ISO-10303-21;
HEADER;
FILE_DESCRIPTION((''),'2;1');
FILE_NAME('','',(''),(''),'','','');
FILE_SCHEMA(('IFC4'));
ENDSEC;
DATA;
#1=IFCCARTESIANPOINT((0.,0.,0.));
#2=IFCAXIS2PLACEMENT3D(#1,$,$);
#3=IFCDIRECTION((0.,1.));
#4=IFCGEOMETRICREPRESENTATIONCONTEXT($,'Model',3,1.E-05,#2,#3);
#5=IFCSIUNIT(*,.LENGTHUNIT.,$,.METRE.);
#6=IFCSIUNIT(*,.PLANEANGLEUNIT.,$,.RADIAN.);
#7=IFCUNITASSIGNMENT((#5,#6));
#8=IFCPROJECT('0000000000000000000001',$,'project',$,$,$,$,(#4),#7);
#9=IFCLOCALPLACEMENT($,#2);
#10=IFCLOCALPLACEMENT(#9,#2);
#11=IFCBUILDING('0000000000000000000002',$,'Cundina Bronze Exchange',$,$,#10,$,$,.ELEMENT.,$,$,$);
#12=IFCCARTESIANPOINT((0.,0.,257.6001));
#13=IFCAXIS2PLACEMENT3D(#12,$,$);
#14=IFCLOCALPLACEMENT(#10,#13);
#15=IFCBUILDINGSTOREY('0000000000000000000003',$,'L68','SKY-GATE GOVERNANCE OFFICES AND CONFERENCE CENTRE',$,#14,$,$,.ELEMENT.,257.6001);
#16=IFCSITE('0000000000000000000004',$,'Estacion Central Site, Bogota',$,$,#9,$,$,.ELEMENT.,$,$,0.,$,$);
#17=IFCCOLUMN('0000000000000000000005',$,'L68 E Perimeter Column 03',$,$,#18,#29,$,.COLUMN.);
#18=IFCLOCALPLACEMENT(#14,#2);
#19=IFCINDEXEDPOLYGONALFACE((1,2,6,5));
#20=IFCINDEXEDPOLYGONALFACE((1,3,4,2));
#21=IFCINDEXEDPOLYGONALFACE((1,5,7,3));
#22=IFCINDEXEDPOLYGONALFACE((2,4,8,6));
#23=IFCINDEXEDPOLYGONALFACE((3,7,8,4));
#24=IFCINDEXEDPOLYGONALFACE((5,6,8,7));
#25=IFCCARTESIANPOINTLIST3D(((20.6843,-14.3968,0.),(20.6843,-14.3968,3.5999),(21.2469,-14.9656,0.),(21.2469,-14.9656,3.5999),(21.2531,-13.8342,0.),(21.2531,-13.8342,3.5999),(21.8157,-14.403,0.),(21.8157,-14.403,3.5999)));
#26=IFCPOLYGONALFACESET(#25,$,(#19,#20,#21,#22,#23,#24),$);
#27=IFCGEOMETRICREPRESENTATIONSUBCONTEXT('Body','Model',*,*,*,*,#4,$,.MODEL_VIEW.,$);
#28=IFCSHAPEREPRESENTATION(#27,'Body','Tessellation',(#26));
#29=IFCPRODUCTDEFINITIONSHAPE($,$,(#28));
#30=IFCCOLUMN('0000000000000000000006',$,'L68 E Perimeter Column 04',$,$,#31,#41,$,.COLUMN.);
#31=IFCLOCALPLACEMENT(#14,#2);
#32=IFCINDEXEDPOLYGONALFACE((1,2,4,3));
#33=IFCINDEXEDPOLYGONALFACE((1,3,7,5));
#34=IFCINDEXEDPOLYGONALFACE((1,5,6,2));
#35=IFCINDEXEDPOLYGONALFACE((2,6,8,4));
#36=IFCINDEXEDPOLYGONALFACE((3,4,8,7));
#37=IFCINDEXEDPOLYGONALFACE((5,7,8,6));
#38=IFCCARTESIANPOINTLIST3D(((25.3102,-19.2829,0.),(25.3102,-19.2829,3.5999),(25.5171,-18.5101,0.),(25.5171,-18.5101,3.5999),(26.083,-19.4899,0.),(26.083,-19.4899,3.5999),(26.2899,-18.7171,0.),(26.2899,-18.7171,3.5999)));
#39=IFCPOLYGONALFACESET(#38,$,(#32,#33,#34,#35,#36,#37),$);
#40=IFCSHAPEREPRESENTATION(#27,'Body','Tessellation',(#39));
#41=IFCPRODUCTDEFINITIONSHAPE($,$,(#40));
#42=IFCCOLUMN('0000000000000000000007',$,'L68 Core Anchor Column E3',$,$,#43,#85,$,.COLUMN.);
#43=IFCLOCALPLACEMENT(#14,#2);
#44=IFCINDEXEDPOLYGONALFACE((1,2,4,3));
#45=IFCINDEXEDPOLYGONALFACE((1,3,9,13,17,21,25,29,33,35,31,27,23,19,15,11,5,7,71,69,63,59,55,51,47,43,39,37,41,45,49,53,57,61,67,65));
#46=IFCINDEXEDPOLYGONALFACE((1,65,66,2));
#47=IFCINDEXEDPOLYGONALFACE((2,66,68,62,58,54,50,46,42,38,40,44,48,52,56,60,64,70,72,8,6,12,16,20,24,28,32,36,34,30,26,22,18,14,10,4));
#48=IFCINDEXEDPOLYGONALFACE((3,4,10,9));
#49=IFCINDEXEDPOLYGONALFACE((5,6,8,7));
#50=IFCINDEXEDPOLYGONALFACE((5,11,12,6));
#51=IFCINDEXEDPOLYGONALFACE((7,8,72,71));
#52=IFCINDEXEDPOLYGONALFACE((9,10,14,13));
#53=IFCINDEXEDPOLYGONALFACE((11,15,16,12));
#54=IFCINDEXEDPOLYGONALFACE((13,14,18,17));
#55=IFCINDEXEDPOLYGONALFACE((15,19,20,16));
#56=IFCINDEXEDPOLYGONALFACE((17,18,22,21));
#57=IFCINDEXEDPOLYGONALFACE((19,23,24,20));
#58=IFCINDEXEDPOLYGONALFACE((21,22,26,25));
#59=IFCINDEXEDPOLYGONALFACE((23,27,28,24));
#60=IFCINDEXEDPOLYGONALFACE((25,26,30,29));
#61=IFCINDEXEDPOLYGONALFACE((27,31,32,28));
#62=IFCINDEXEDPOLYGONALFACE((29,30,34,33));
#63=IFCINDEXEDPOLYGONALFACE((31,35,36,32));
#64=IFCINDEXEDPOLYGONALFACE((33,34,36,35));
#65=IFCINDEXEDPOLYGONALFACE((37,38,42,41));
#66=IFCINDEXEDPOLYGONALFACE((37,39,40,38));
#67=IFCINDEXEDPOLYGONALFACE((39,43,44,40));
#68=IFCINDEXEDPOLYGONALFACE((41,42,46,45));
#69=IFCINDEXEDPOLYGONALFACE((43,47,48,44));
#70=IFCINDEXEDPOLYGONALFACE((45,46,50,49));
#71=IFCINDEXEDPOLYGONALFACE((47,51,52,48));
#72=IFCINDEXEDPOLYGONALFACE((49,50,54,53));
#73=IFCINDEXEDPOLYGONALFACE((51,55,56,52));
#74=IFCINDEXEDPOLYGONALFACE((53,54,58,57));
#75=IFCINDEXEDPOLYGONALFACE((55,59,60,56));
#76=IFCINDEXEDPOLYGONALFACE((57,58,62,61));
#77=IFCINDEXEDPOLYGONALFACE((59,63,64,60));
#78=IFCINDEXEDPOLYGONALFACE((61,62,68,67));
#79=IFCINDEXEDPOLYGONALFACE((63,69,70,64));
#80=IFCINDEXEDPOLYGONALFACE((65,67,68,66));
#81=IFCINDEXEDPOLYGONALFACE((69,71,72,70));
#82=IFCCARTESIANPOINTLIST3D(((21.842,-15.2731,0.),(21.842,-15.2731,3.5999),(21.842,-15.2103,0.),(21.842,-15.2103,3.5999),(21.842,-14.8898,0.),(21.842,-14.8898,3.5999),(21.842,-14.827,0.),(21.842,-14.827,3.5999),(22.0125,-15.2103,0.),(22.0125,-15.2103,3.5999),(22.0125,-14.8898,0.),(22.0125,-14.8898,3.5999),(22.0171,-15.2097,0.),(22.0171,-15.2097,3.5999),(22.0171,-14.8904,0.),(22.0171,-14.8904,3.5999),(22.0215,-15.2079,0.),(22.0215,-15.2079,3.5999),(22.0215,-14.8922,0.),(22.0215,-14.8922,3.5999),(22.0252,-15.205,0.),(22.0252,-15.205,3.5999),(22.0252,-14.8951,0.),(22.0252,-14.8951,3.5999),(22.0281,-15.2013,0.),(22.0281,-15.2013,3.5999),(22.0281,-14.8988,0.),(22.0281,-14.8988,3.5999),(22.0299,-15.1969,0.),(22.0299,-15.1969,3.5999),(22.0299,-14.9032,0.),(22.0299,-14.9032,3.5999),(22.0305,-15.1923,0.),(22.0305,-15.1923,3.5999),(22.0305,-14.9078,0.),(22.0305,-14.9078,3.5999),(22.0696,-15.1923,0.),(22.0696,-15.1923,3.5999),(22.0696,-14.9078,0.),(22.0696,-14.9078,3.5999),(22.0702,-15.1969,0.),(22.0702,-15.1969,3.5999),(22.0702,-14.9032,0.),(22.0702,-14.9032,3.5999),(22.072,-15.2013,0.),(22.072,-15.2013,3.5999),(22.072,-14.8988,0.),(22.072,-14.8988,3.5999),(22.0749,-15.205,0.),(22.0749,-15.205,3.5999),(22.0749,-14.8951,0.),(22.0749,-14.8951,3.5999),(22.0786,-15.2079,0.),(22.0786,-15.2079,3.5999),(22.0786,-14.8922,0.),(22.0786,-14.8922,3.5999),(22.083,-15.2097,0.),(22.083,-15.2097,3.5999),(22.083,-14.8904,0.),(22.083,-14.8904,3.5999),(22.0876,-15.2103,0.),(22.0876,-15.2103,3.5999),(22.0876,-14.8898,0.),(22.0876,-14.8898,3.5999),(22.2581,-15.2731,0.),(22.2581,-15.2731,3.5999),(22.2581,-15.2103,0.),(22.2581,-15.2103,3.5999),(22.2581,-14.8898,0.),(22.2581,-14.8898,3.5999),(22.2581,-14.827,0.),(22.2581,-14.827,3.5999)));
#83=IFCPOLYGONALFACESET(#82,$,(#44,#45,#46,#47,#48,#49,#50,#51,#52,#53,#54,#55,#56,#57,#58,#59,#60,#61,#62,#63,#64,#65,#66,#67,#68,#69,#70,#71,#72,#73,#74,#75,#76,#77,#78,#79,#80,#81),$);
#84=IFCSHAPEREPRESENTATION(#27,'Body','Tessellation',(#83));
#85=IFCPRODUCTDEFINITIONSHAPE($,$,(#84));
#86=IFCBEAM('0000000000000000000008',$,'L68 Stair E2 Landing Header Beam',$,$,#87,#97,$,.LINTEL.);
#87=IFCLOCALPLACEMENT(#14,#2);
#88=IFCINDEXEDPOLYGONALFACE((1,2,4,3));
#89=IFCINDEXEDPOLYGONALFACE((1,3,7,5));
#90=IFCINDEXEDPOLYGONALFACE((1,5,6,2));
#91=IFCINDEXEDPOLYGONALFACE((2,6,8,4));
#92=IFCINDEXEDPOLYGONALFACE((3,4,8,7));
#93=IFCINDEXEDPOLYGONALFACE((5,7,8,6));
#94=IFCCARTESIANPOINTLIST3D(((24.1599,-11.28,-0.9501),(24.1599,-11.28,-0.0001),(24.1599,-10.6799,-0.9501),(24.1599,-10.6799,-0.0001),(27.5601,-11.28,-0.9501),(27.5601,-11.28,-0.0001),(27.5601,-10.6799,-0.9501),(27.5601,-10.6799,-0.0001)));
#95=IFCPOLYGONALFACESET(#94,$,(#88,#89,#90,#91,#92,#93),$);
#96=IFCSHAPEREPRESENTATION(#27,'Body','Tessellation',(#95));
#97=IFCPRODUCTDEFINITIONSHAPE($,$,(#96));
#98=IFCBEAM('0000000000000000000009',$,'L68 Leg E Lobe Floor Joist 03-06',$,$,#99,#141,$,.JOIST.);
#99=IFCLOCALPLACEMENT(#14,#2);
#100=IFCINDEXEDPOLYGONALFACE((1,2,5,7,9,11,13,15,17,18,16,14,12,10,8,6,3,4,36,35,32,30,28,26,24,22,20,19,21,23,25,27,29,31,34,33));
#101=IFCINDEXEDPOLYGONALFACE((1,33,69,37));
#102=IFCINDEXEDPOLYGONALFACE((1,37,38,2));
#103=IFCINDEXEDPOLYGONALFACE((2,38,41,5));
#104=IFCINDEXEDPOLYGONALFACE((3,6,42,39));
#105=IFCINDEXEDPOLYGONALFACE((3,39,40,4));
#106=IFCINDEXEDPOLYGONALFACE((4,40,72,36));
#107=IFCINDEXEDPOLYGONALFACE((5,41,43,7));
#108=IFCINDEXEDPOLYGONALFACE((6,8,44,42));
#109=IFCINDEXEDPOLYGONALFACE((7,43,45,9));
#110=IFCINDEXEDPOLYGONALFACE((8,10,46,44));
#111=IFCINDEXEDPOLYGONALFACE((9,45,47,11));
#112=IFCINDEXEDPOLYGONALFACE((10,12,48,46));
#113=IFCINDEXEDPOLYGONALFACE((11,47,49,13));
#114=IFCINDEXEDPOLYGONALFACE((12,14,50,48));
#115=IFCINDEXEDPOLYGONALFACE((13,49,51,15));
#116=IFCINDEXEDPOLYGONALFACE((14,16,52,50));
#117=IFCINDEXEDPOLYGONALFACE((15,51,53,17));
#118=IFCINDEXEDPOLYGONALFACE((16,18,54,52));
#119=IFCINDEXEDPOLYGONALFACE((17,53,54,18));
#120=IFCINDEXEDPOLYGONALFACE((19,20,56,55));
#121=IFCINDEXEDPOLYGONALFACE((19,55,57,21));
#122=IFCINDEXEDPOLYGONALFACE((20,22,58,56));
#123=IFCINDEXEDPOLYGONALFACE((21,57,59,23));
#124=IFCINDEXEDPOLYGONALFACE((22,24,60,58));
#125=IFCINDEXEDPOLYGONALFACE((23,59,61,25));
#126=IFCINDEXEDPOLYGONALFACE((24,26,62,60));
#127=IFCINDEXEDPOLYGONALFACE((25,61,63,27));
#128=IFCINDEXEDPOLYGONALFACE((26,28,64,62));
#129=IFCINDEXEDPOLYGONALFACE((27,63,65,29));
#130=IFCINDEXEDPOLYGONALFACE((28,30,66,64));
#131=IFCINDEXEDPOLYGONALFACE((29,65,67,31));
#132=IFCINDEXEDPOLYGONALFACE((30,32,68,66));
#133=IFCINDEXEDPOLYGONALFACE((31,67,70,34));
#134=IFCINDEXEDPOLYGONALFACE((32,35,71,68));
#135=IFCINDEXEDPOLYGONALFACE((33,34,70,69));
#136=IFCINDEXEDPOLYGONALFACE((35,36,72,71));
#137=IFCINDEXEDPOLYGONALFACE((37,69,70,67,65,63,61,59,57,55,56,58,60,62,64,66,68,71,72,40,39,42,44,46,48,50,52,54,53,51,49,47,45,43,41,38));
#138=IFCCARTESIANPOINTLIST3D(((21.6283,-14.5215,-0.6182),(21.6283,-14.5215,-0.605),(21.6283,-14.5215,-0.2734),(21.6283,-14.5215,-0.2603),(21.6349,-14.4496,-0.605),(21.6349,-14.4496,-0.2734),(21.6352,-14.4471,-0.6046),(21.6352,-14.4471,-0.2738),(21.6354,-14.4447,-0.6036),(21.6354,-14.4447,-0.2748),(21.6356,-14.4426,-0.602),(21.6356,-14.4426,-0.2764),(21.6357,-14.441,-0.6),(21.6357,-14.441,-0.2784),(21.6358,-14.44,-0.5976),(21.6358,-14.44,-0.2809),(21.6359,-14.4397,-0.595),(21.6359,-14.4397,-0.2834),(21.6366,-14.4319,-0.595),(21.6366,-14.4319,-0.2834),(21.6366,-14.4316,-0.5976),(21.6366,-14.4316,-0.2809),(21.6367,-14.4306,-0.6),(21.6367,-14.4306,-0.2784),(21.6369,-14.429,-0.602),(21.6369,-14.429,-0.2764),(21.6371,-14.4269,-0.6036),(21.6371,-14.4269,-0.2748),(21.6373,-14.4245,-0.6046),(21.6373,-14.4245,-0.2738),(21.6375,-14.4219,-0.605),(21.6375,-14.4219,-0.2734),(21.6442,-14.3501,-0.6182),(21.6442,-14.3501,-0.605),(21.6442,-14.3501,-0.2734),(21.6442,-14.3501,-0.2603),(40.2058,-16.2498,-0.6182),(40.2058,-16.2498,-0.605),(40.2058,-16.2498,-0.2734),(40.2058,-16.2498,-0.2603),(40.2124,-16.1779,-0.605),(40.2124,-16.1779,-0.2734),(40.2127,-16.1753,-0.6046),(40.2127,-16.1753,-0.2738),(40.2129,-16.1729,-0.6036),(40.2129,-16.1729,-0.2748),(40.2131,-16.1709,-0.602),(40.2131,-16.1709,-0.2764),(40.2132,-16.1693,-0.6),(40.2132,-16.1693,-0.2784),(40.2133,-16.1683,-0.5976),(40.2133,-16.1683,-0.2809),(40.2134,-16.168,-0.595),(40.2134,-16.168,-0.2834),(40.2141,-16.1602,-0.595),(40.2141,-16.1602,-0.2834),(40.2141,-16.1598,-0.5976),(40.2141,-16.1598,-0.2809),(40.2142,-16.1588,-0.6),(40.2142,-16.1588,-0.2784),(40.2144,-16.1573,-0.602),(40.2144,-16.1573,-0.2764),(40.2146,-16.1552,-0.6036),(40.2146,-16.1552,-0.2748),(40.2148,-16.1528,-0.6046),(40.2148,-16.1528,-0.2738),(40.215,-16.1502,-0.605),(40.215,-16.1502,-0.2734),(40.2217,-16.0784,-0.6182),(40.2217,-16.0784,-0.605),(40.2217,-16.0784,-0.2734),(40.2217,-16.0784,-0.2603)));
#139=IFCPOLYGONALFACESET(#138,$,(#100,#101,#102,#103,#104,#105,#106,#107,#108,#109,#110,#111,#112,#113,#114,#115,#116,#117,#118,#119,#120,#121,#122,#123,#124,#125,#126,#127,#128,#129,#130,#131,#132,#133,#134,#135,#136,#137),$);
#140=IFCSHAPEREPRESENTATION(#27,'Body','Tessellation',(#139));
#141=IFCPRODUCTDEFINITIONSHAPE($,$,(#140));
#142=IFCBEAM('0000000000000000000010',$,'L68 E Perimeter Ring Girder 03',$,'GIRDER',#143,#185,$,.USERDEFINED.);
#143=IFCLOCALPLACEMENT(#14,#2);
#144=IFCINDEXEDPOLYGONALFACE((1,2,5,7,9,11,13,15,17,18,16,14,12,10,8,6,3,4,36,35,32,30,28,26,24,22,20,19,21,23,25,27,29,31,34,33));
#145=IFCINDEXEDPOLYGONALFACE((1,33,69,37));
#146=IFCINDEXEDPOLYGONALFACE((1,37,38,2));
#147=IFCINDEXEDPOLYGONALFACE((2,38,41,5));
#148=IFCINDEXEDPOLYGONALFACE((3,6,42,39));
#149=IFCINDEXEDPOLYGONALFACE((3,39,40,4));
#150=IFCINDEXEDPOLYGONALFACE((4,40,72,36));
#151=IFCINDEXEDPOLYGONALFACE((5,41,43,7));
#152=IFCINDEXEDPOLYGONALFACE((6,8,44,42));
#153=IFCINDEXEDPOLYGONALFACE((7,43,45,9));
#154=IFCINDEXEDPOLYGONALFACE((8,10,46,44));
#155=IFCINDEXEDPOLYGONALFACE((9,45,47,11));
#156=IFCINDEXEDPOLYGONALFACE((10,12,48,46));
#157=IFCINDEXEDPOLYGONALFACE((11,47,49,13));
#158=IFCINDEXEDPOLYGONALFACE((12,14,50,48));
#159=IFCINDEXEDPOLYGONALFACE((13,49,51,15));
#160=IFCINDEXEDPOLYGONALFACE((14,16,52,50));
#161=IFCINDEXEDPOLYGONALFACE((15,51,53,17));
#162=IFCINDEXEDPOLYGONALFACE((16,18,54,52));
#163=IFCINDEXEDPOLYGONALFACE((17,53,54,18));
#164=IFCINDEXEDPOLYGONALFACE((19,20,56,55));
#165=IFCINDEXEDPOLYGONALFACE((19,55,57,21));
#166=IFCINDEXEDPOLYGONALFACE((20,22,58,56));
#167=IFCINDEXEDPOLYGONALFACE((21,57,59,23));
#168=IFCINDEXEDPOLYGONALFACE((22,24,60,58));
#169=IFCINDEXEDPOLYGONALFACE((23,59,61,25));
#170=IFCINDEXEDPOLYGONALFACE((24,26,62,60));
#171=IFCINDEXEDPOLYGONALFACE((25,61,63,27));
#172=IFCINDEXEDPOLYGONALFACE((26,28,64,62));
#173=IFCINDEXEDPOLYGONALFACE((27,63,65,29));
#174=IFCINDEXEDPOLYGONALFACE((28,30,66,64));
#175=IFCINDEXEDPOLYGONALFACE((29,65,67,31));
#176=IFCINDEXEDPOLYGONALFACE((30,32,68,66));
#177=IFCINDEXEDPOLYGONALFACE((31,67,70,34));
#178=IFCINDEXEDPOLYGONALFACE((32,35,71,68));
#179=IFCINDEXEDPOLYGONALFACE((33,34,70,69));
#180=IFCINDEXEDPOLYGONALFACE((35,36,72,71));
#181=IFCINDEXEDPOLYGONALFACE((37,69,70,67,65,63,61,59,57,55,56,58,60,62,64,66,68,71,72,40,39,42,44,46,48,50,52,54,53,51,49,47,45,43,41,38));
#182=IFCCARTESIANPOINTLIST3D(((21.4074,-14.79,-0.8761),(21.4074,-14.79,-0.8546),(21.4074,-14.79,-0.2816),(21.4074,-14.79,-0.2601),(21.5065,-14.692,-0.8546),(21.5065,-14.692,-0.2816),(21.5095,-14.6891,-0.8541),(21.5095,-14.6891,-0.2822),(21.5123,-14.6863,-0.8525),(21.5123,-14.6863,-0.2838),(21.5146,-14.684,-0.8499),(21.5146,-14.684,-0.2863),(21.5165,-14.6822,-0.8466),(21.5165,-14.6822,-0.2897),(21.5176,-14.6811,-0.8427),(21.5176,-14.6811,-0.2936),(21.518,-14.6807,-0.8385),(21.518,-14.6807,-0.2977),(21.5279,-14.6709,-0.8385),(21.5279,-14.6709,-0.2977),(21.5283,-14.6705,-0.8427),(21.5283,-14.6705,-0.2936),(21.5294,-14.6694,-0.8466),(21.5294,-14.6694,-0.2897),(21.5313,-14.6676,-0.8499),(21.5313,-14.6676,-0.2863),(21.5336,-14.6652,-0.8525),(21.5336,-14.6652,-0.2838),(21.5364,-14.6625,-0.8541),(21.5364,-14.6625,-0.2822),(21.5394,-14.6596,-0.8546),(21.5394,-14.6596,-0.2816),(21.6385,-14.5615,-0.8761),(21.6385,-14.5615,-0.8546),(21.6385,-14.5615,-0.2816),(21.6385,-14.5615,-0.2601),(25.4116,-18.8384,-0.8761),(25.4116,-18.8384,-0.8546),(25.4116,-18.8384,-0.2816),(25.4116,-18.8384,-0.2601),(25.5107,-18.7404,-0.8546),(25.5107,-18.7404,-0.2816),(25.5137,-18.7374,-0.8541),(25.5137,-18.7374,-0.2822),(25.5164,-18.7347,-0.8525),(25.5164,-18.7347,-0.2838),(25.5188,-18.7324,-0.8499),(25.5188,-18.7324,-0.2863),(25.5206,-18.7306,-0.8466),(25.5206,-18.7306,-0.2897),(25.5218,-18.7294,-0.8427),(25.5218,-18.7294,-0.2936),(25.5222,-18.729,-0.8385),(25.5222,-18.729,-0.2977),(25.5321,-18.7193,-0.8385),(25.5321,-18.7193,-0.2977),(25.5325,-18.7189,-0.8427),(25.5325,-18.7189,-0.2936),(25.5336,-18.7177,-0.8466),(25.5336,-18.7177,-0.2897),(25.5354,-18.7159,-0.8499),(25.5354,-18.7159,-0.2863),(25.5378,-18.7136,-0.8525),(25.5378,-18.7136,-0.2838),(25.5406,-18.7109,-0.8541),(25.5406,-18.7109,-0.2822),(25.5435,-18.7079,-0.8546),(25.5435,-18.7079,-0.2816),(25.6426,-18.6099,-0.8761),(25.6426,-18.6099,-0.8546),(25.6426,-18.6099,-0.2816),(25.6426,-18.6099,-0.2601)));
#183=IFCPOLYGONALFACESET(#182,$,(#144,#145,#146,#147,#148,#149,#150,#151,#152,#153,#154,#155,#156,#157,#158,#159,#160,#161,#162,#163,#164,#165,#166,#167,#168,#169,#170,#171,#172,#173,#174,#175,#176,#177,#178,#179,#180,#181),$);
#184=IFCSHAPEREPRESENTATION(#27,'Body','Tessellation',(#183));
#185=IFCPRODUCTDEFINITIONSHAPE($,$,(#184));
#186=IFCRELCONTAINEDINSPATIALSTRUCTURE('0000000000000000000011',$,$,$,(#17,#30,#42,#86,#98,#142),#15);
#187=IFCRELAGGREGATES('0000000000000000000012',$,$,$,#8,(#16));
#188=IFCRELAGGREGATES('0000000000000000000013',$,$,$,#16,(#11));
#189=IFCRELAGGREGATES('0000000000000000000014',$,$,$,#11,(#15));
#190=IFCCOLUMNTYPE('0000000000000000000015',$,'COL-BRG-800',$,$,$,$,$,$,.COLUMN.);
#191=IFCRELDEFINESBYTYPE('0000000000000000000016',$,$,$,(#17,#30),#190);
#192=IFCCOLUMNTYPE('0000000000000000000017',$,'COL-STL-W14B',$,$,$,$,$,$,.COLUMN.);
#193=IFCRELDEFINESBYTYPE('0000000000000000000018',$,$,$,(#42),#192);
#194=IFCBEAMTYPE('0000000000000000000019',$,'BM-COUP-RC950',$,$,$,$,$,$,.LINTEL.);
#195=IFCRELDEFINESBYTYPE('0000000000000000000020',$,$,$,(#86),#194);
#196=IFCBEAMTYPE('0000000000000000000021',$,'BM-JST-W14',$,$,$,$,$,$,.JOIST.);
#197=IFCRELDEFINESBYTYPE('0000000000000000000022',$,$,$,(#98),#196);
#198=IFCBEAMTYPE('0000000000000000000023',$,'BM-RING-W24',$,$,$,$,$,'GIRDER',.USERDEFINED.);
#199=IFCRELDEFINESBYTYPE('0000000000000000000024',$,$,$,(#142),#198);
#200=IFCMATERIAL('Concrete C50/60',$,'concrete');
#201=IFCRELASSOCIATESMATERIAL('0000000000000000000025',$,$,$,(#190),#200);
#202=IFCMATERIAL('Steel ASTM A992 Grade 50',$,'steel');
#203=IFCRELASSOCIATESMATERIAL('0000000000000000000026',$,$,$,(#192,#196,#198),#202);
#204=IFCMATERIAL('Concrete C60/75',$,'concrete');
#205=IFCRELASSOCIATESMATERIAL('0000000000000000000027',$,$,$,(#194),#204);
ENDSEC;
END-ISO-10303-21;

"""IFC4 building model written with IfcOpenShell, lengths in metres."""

from ifc_helpers import new_model, si_unit, direction, frame, origin, origin_2d, place, context, subcontext, project, spatial, rectangle, i_section, extrude, material, material_profile, profile_set, type_object, element, save


model = new_model("IFC4")

# Units and contexts
model_context = context("Model", 3, precision=1e-05, world=origin(), true_north=direction((0.0, 1.0)))
body_context = subcontext(model_context, "Body", "Model", "MODEL_VIEW")
ifc_project = project(units=[si_unit("LENGTHUNIT", "METRE"), si_unit("PLANEANGLEUNIT", "RADIAN")], contexts=[model_context])

# Site, building, storey
site_placement = place(None, origin())
site = spatial("IfcSite", under=ifc_project, at=site_placement, Name="Estacion Central Site, Bogota", CompositionType="ELEMENT", RefElevation=0.0)
building_placement = place(site_placement, origin())
building = spatial("IfcBuilding", under=site, at=building_placement, Name="Cundina Bronze Exchange", CompositionType="ELEMENT")
storey_placement = place(building_placement, frame((0.0, 0.0, 257.6001)))
storey = spatial("IfcBuildingStorey", under=building, at=storey_placement, Name="L68", Description="SKY-GATE GOVERNANCE OFFICES AND CONFERENCE CENTRE", CompositionType="ELEMENT", Elevation=257.6001)

# Columns
ifc_material_1 = material(Name="Concrete C50/60", Category="concrete")
ifc_material_profile_1 = material_profile(ifc_material_1, rectangle(XDim=0.8, YDim=0.8, at=origin_2d()), Name="RC800X800", Category="concrete")
ifc_profile_set_1 = profile_set([ifc_material_profile_1], Name="Concrete C50/60")
column_type_1 = type_object("IfcColumnType", Name="COL-BRG-800", PredefinedType="COLUMN", material=ifc_profile_set_1)
for number, where, z_axis, x_axis, name in (
    (1, (21.25, -14.3999, 0.0), (0.0, 0.0, 1.0), (0.703271, -0.710922, 0.0), "L68 E Perimeter Column 03"),
    (2, (25.8, -19.0, 0.0), (0.0, 0.0, 1.0), (0.965971, -0.25865, 0.0), "L68 E Perimeter Column 04"),
):
    element("IfcColumn", number, at=place(storey_placement, frame(where, z_axis=z_axis, x_axis=x_axis)), inside=storey, type_object=column_type_1, Name=name, PredefinedType="COLUMN", context=body_context, shape_type="SweptSolid", body=[
        extrude(rectangle(XDim=0.8, YDim=0.8, at=origin_2d()), origin(), (0.0, 0.0, 1.0), 3.5999),
    ])
ifc_material_2 = material(Name="Steel ASTM A992 Grade 50", Category="steel")
ifc_material_profile_2 = material_profile(ifc_material_2, i_section(OverallWidth=0.416, OverallDepth=0.446, WebThickness=0.0391, FlangeThickness=0.0627, FilletRadius=0.0181, at=origin_2d()), Name="W14X342", Category="steel")
ifc_profile_set_2 = profile_set([ifc_material_profile_2], Name="Steel ASTM A992 Grade 50")
column_type_2 = type_object("IfcColumnType", Name="COL-STL-W14B", PredefinedType="COLUMN", material=ifc_profile_set_2)
column_placement = place(storey_placement, frame((22.05, -15.05, 0.0), z_axis=(0.0, 0.0, 1.0), x_axis=(1.0, 0.0, 0.0)))
element("IfcColumn", 3, at=column_placement, inside=storey, type_object=column_type_2, Name="L68 Core Anchor Column E3", PredefinedType="COLUMN", context=body_context, shape_type="SweptSolid", body=[
    extrude(i_section(OverallWidth=0.416, OverallDepth=0.446, WebThickness=0.0391, FlangeThickness=0.0627, FilletRadius=0.0181, at=origin_2d()), origin(), (0.0, 0.0, 1.0), 3.5999),
])

# Beams
ifc_material_3 = material(Name="Concrete C60/75", Category="concrete")
ifc_material_profile_3 = material_profile(ifc_material_3, rectangle(XDim=0.6001, YDim=0.95, at=origin_2d()), Name="RC600X950", Category="concrete")
ifc_profile_set_3 = profile_set([ifc_material_profile_3], Name="Concrete C60/75")
beam_type_1 = type_object("IfcBeamType", Name="BM-COUP-RC950", PredefinedType="LINTEL", material=ifc_profile_set_3)
beam_1_placement = place(storey_placement, frame((24.1599, -10.98, -0.4751), z_axis=(1.0, 0.0, 0.0), x_axis=(0.0, 1.0, 0.0)))
element("IfcBeam", 4, at=beam_1_placement, inside=storey, type_object=beam_type_1, Name="L68 Stair E2 Landing Header Beam", PredefinedType="LINTEL", context=body_context, shape_type="SweptSolid", body=[
    extrude(rectangle(XDim=0.6001, YDim=0.95, at=origin_2d()), origin(), (0.0, 0.0, 1.0), 3.4001),
])
ifc_material_profile_4 = material_profile(ifc_material_2, i_section(OverallWidth=0.1721, OverallDepth=0.3579, WebThickness=0.0078, FlangeThickness=0.0132, FilletRadius=0.01, at=origin_2d()), Name="W14X38", Category="steel")
ifc_profile_set_4 = profile_set([ifc_material_profile_4], Name="Steel ASTM A992 Grade 50")
beam_type_2 = type_object("IfcBeamType", Name="BM-JST-W14", PredefinedType="JOIST", material=ifc_profile_set_4)
beam_2_placement = place(storey_placement, frame((21.6362, -14.4358, -0.4392), z_axis=(0.995701, -0.092631, 0.0), x_axis=(0.092631, 0.995701, 0.0)))
element("IfcBeam", 5, at=beam_2_placement, inside=storey, type_object=beam_type_2, Name="L68 Leg E Lobe Floor Joist 03-06", PredefinedType="JOIST", context=body_context, shape_type="SweptSolid", body=[
    extrude(i_section(OverallWidth=0.1721, OverallDepth=0.3579, WebThickness=0.0078, FlangeThickness=0.0132, FilletRadius=0.01, at=origin_2d()), origin(), (0.0, 0.0, 1.0), 18.6577),
])
ifc_material_profile_5 = material_profile(ifc_material_2, i_section(OverallWidth=0.325, OverallDepth=0.616, WebThickness=0.0139, FlangeThickness=0.0215, FilletRadius=0.0161, at=origin_2d()), Name="W24X117", Category="steel")
ifc_profile_set_5 = profile_set([ifc_material_profile_5], Name="Steel ASTM A992 Grade 50")
beam_type_3 = type_object("IfcBeamType", Name="BM-RING-W24", ElementType="GIRDER", PredefinedType="USERDEFINED", material=ifc_profile_set_5)
beam_3_placement = place(storey_placement, frame((21.5229, -14.6758, -0.5681), z_axis=(0.703216, -0.710976, 0.0), x_axis=(0.710976, 0.703216, 0.0)))
element("IfcBeam", 6, at=beam_3_placement, inside=storey, type_object=beam_type_3, Name="L68 E Perimeter Ring Girder 03", ObjectType="GIRDER", PredefinedType="USERDEFINED", context=body_context, shape_type="SweptSolid", body=[
    extrude(i_section(OverallWidth=0.325, OverallDepth=0.616, WebThickness=0.0139, FlangeThickness=0.0215, FilletRadius=0.0161, at=origin_2d()), origin(), (0.0, 0.0, 1.0), 5.6941),
])

save(model, "model.ifc")
